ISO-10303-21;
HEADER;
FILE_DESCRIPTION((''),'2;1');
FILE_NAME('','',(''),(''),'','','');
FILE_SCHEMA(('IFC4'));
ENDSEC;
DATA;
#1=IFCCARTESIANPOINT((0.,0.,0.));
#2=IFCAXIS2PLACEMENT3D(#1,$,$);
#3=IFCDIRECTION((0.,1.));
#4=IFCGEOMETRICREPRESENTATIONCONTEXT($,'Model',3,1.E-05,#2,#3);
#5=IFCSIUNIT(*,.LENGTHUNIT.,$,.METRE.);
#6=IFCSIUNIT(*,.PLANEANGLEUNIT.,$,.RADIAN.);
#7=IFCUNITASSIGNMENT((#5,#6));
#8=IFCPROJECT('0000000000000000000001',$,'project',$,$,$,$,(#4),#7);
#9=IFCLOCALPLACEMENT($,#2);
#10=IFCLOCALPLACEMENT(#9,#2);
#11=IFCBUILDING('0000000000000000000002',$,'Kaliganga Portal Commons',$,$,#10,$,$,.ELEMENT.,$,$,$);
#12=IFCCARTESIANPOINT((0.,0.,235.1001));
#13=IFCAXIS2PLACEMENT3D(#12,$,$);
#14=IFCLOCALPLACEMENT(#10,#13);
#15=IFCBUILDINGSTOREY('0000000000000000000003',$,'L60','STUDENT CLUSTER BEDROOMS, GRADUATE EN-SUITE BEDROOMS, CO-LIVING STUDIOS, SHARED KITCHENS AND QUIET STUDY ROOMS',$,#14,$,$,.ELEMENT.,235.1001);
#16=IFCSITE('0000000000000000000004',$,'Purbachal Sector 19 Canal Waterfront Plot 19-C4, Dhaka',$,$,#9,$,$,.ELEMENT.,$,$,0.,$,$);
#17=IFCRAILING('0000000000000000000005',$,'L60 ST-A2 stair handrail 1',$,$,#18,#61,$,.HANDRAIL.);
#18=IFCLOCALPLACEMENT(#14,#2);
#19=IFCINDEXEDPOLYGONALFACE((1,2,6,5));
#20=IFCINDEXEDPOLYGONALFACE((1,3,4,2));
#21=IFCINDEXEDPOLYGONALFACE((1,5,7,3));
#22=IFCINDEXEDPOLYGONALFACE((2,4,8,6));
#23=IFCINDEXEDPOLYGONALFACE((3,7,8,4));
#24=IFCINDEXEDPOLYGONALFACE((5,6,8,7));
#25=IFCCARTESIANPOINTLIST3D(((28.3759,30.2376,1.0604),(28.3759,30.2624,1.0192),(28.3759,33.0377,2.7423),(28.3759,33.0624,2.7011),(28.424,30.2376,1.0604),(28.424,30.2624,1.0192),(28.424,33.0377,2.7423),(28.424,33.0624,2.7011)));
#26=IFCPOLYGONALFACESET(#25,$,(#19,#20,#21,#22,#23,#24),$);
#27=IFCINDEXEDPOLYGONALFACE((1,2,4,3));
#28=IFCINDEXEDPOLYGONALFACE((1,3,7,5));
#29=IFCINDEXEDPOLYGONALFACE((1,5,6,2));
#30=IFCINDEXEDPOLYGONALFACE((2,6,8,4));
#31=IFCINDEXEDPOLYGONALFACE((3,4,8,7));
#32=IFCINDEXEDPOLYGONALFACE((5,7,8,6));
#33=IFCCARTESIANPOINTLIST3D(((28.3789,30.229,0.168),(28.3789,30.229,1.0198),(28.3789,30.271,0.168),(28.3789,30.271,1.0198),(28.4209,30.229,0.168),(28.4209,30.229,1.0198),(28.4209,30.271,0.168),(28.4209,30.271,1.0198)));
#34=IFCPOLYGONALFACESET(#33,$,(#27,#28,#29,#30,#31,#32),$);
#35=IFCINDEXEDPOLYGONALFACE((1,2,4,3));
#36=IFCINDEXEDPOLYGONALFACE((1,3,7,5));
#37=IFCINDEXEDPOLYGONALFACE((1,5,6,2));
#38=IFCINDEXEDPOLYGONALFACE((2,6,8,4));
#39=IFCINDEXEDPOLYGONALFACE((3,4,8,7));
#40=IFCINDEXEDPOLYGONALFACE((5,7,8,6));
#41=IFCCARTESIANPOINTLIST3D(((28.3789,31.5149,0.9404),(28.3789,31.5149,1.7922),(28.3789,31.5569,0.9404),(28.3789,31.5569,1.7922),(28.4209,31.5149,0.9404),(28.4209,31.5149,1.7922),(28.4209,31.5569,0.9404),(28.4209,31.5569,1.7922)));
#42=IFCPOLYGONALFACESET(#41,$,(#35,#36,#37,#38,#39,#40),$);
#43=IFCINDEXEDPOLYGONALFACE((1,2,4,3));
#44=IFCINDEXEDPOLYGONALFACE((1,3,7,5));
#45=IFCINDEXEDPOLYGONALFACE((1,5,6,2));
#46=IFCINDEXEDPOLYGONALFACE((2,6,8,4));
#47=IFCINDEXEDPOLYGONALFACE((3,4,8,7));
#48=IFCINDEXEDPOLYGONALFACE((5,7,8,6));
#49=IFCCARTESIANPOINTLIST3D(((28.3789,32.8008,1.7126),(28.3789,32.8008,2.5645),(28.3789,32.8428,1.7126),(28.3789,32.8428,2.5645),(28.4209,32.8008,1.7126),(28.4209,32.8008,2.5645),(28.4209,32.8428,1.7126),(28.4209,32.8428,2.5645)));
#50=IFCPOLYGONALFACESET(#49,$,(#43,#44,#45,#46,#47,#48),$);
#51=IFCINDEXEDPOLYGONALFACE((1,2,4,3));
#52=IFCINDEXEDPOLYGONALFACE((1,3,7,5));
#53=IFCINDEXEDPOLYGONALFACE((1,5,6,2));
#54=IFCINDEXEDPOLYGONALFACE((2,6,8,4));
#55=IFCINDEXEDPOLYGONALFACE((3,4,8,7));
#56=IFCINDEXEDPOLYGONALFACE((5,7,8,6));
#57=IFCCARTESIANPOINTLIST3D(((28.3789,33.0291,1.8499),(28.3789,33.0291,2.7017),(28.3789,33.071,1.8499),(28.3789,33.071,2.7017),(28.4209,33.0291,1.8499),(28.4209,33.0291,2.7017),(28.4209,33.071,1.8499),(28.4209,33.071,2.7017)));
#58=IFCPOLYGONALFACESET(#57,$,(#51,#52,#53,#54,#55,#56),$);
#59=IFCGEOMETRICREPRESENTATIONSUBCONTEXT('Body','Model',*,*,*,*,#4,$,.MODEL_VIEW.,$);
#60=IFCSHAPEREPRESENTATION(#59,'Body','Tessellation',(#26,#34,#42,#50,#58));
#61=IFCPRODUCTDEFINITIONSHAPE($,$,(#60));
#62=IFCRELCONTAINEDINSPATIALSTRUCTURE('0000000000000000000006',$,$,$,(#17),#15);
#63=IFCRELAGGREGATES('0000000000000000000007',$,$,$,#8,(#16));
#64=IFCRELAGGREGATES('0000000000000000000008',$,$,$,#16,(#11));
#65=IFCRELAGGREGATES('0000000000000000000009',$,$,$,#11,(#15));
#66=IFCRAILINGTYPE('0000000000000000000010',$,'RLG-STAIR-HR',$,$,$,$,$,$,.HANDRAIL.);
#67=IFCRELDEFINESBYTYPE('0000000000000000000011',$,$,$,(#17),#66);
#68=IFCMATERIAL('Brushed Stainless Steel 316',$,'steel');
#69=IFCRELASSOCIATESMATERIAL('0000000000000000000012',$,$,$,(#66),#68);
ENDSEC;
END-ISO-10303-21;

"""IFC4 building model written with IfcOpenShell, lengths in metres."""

from ifc_helpers import new_model, si_unit, direction, frame, origin, origin_2d, place, context, subcontext, project, spatial, rectangle, extrude, material, type_object, element, save


model = new_model("IFC4")

# Units and contexts
model_context = context("Model", 3, precision=1e-05, world=origin(), true_north=direction((0.0, 1.0)))
body_context = subcontext(model_context, "Body", "Model", "MODEL_VIEW")
ifc_project = project(units=[si_unit("LENGTHUNIT", "METRE"), si_unit("PLANEANGLEUNIT", "RADIAN")], contexts=[model_context])

# Site, building, storey
site_placement = place(None, origin())
site = spatial("IfcSite", under=ifc_project, at=site_placement, Name="Purbachal Sector 19 Canal Waterfront Plot 19-C4, Dhaka", CompositionType="ELEMENT", RefElevation=0.0)
building_placement = place(site_placement, origin())
building = spatial("IfcBuilding", under=site, at=building_placement, Name="Kaliganga Portal Commons", CompositionType="ELEMENT")
storey_placement = place(building_placement, frame((0.0, 0.0, 235.1001)))
storey = spatial("IfcBuildingStorey", under=building, at=storey_placement, Name="L60", Description="STUDENT CLUSTER BEDROOMS, GRADUATE EN-SUITE BEDROOMS, CO-LIVING STUDIOS, SHARED KITCHENS AND QUIET STUDY ROOMS", CompositionType="ELEMENT", Elevation=235.1001)

# Railing
ifc_material_1 = material(Name="Brushed Stainless Steel 316", Category="steel")
railing_type_1 = type_object("IfcRailingType", Name="RLG-STAIR-HR", PredefinedType="HANDRAIL", material=ifc_material_1)
railing_1_placement = place(storey_placement, frame((28.3999, 30.25, 0.168)))
element("IfcRailing", 1, at=railing_1_placement, inside=storey, type_object=railing_type_1, Name="L60 ST-A2 stair handrail 1", PredefinedType="HANDRAIL", context=body_context, shape_type="SweptSolid", body=[
    extrude(rectangle(XDim=0.0481, YDim=0.0481, at=origin_2d()), frame((0.0, 0.0, 0.8718), z_axis=(0.0, 0.857242, 0.514913), x_axis=(-1.0, 0.0, 0.0)), (0.0, 0.0, 1.0), 3.2664),
    extrude(rectangle(XDim=0.042, YDim=0.042, at=origin_2d()), origin(), (0.0, 0.0, 1.0), 0.8518),
    extrude(rectangle(XDim=0.042, YDim=0.042, at=origin_2d()), frame((0.0, 1.2859, 0.7725)), (0.0, 0.0, 1.0), 0.8518),
    extrude(rectangle(XDim=0.042, YDim=0.042, at=origin_2d()), frame((0.0, 2.5718, 1.5447)), (0.0, 0.0, 1.0), 0.8518),
    extrude(rectangle(XDim=0.042, YDim=0.042, at=origin_2d()), frame((0.0, 2.8, 1.6819)), (0.0, 0.0, 1.0), 0.8518),
])

save(model, "model.ifc")
